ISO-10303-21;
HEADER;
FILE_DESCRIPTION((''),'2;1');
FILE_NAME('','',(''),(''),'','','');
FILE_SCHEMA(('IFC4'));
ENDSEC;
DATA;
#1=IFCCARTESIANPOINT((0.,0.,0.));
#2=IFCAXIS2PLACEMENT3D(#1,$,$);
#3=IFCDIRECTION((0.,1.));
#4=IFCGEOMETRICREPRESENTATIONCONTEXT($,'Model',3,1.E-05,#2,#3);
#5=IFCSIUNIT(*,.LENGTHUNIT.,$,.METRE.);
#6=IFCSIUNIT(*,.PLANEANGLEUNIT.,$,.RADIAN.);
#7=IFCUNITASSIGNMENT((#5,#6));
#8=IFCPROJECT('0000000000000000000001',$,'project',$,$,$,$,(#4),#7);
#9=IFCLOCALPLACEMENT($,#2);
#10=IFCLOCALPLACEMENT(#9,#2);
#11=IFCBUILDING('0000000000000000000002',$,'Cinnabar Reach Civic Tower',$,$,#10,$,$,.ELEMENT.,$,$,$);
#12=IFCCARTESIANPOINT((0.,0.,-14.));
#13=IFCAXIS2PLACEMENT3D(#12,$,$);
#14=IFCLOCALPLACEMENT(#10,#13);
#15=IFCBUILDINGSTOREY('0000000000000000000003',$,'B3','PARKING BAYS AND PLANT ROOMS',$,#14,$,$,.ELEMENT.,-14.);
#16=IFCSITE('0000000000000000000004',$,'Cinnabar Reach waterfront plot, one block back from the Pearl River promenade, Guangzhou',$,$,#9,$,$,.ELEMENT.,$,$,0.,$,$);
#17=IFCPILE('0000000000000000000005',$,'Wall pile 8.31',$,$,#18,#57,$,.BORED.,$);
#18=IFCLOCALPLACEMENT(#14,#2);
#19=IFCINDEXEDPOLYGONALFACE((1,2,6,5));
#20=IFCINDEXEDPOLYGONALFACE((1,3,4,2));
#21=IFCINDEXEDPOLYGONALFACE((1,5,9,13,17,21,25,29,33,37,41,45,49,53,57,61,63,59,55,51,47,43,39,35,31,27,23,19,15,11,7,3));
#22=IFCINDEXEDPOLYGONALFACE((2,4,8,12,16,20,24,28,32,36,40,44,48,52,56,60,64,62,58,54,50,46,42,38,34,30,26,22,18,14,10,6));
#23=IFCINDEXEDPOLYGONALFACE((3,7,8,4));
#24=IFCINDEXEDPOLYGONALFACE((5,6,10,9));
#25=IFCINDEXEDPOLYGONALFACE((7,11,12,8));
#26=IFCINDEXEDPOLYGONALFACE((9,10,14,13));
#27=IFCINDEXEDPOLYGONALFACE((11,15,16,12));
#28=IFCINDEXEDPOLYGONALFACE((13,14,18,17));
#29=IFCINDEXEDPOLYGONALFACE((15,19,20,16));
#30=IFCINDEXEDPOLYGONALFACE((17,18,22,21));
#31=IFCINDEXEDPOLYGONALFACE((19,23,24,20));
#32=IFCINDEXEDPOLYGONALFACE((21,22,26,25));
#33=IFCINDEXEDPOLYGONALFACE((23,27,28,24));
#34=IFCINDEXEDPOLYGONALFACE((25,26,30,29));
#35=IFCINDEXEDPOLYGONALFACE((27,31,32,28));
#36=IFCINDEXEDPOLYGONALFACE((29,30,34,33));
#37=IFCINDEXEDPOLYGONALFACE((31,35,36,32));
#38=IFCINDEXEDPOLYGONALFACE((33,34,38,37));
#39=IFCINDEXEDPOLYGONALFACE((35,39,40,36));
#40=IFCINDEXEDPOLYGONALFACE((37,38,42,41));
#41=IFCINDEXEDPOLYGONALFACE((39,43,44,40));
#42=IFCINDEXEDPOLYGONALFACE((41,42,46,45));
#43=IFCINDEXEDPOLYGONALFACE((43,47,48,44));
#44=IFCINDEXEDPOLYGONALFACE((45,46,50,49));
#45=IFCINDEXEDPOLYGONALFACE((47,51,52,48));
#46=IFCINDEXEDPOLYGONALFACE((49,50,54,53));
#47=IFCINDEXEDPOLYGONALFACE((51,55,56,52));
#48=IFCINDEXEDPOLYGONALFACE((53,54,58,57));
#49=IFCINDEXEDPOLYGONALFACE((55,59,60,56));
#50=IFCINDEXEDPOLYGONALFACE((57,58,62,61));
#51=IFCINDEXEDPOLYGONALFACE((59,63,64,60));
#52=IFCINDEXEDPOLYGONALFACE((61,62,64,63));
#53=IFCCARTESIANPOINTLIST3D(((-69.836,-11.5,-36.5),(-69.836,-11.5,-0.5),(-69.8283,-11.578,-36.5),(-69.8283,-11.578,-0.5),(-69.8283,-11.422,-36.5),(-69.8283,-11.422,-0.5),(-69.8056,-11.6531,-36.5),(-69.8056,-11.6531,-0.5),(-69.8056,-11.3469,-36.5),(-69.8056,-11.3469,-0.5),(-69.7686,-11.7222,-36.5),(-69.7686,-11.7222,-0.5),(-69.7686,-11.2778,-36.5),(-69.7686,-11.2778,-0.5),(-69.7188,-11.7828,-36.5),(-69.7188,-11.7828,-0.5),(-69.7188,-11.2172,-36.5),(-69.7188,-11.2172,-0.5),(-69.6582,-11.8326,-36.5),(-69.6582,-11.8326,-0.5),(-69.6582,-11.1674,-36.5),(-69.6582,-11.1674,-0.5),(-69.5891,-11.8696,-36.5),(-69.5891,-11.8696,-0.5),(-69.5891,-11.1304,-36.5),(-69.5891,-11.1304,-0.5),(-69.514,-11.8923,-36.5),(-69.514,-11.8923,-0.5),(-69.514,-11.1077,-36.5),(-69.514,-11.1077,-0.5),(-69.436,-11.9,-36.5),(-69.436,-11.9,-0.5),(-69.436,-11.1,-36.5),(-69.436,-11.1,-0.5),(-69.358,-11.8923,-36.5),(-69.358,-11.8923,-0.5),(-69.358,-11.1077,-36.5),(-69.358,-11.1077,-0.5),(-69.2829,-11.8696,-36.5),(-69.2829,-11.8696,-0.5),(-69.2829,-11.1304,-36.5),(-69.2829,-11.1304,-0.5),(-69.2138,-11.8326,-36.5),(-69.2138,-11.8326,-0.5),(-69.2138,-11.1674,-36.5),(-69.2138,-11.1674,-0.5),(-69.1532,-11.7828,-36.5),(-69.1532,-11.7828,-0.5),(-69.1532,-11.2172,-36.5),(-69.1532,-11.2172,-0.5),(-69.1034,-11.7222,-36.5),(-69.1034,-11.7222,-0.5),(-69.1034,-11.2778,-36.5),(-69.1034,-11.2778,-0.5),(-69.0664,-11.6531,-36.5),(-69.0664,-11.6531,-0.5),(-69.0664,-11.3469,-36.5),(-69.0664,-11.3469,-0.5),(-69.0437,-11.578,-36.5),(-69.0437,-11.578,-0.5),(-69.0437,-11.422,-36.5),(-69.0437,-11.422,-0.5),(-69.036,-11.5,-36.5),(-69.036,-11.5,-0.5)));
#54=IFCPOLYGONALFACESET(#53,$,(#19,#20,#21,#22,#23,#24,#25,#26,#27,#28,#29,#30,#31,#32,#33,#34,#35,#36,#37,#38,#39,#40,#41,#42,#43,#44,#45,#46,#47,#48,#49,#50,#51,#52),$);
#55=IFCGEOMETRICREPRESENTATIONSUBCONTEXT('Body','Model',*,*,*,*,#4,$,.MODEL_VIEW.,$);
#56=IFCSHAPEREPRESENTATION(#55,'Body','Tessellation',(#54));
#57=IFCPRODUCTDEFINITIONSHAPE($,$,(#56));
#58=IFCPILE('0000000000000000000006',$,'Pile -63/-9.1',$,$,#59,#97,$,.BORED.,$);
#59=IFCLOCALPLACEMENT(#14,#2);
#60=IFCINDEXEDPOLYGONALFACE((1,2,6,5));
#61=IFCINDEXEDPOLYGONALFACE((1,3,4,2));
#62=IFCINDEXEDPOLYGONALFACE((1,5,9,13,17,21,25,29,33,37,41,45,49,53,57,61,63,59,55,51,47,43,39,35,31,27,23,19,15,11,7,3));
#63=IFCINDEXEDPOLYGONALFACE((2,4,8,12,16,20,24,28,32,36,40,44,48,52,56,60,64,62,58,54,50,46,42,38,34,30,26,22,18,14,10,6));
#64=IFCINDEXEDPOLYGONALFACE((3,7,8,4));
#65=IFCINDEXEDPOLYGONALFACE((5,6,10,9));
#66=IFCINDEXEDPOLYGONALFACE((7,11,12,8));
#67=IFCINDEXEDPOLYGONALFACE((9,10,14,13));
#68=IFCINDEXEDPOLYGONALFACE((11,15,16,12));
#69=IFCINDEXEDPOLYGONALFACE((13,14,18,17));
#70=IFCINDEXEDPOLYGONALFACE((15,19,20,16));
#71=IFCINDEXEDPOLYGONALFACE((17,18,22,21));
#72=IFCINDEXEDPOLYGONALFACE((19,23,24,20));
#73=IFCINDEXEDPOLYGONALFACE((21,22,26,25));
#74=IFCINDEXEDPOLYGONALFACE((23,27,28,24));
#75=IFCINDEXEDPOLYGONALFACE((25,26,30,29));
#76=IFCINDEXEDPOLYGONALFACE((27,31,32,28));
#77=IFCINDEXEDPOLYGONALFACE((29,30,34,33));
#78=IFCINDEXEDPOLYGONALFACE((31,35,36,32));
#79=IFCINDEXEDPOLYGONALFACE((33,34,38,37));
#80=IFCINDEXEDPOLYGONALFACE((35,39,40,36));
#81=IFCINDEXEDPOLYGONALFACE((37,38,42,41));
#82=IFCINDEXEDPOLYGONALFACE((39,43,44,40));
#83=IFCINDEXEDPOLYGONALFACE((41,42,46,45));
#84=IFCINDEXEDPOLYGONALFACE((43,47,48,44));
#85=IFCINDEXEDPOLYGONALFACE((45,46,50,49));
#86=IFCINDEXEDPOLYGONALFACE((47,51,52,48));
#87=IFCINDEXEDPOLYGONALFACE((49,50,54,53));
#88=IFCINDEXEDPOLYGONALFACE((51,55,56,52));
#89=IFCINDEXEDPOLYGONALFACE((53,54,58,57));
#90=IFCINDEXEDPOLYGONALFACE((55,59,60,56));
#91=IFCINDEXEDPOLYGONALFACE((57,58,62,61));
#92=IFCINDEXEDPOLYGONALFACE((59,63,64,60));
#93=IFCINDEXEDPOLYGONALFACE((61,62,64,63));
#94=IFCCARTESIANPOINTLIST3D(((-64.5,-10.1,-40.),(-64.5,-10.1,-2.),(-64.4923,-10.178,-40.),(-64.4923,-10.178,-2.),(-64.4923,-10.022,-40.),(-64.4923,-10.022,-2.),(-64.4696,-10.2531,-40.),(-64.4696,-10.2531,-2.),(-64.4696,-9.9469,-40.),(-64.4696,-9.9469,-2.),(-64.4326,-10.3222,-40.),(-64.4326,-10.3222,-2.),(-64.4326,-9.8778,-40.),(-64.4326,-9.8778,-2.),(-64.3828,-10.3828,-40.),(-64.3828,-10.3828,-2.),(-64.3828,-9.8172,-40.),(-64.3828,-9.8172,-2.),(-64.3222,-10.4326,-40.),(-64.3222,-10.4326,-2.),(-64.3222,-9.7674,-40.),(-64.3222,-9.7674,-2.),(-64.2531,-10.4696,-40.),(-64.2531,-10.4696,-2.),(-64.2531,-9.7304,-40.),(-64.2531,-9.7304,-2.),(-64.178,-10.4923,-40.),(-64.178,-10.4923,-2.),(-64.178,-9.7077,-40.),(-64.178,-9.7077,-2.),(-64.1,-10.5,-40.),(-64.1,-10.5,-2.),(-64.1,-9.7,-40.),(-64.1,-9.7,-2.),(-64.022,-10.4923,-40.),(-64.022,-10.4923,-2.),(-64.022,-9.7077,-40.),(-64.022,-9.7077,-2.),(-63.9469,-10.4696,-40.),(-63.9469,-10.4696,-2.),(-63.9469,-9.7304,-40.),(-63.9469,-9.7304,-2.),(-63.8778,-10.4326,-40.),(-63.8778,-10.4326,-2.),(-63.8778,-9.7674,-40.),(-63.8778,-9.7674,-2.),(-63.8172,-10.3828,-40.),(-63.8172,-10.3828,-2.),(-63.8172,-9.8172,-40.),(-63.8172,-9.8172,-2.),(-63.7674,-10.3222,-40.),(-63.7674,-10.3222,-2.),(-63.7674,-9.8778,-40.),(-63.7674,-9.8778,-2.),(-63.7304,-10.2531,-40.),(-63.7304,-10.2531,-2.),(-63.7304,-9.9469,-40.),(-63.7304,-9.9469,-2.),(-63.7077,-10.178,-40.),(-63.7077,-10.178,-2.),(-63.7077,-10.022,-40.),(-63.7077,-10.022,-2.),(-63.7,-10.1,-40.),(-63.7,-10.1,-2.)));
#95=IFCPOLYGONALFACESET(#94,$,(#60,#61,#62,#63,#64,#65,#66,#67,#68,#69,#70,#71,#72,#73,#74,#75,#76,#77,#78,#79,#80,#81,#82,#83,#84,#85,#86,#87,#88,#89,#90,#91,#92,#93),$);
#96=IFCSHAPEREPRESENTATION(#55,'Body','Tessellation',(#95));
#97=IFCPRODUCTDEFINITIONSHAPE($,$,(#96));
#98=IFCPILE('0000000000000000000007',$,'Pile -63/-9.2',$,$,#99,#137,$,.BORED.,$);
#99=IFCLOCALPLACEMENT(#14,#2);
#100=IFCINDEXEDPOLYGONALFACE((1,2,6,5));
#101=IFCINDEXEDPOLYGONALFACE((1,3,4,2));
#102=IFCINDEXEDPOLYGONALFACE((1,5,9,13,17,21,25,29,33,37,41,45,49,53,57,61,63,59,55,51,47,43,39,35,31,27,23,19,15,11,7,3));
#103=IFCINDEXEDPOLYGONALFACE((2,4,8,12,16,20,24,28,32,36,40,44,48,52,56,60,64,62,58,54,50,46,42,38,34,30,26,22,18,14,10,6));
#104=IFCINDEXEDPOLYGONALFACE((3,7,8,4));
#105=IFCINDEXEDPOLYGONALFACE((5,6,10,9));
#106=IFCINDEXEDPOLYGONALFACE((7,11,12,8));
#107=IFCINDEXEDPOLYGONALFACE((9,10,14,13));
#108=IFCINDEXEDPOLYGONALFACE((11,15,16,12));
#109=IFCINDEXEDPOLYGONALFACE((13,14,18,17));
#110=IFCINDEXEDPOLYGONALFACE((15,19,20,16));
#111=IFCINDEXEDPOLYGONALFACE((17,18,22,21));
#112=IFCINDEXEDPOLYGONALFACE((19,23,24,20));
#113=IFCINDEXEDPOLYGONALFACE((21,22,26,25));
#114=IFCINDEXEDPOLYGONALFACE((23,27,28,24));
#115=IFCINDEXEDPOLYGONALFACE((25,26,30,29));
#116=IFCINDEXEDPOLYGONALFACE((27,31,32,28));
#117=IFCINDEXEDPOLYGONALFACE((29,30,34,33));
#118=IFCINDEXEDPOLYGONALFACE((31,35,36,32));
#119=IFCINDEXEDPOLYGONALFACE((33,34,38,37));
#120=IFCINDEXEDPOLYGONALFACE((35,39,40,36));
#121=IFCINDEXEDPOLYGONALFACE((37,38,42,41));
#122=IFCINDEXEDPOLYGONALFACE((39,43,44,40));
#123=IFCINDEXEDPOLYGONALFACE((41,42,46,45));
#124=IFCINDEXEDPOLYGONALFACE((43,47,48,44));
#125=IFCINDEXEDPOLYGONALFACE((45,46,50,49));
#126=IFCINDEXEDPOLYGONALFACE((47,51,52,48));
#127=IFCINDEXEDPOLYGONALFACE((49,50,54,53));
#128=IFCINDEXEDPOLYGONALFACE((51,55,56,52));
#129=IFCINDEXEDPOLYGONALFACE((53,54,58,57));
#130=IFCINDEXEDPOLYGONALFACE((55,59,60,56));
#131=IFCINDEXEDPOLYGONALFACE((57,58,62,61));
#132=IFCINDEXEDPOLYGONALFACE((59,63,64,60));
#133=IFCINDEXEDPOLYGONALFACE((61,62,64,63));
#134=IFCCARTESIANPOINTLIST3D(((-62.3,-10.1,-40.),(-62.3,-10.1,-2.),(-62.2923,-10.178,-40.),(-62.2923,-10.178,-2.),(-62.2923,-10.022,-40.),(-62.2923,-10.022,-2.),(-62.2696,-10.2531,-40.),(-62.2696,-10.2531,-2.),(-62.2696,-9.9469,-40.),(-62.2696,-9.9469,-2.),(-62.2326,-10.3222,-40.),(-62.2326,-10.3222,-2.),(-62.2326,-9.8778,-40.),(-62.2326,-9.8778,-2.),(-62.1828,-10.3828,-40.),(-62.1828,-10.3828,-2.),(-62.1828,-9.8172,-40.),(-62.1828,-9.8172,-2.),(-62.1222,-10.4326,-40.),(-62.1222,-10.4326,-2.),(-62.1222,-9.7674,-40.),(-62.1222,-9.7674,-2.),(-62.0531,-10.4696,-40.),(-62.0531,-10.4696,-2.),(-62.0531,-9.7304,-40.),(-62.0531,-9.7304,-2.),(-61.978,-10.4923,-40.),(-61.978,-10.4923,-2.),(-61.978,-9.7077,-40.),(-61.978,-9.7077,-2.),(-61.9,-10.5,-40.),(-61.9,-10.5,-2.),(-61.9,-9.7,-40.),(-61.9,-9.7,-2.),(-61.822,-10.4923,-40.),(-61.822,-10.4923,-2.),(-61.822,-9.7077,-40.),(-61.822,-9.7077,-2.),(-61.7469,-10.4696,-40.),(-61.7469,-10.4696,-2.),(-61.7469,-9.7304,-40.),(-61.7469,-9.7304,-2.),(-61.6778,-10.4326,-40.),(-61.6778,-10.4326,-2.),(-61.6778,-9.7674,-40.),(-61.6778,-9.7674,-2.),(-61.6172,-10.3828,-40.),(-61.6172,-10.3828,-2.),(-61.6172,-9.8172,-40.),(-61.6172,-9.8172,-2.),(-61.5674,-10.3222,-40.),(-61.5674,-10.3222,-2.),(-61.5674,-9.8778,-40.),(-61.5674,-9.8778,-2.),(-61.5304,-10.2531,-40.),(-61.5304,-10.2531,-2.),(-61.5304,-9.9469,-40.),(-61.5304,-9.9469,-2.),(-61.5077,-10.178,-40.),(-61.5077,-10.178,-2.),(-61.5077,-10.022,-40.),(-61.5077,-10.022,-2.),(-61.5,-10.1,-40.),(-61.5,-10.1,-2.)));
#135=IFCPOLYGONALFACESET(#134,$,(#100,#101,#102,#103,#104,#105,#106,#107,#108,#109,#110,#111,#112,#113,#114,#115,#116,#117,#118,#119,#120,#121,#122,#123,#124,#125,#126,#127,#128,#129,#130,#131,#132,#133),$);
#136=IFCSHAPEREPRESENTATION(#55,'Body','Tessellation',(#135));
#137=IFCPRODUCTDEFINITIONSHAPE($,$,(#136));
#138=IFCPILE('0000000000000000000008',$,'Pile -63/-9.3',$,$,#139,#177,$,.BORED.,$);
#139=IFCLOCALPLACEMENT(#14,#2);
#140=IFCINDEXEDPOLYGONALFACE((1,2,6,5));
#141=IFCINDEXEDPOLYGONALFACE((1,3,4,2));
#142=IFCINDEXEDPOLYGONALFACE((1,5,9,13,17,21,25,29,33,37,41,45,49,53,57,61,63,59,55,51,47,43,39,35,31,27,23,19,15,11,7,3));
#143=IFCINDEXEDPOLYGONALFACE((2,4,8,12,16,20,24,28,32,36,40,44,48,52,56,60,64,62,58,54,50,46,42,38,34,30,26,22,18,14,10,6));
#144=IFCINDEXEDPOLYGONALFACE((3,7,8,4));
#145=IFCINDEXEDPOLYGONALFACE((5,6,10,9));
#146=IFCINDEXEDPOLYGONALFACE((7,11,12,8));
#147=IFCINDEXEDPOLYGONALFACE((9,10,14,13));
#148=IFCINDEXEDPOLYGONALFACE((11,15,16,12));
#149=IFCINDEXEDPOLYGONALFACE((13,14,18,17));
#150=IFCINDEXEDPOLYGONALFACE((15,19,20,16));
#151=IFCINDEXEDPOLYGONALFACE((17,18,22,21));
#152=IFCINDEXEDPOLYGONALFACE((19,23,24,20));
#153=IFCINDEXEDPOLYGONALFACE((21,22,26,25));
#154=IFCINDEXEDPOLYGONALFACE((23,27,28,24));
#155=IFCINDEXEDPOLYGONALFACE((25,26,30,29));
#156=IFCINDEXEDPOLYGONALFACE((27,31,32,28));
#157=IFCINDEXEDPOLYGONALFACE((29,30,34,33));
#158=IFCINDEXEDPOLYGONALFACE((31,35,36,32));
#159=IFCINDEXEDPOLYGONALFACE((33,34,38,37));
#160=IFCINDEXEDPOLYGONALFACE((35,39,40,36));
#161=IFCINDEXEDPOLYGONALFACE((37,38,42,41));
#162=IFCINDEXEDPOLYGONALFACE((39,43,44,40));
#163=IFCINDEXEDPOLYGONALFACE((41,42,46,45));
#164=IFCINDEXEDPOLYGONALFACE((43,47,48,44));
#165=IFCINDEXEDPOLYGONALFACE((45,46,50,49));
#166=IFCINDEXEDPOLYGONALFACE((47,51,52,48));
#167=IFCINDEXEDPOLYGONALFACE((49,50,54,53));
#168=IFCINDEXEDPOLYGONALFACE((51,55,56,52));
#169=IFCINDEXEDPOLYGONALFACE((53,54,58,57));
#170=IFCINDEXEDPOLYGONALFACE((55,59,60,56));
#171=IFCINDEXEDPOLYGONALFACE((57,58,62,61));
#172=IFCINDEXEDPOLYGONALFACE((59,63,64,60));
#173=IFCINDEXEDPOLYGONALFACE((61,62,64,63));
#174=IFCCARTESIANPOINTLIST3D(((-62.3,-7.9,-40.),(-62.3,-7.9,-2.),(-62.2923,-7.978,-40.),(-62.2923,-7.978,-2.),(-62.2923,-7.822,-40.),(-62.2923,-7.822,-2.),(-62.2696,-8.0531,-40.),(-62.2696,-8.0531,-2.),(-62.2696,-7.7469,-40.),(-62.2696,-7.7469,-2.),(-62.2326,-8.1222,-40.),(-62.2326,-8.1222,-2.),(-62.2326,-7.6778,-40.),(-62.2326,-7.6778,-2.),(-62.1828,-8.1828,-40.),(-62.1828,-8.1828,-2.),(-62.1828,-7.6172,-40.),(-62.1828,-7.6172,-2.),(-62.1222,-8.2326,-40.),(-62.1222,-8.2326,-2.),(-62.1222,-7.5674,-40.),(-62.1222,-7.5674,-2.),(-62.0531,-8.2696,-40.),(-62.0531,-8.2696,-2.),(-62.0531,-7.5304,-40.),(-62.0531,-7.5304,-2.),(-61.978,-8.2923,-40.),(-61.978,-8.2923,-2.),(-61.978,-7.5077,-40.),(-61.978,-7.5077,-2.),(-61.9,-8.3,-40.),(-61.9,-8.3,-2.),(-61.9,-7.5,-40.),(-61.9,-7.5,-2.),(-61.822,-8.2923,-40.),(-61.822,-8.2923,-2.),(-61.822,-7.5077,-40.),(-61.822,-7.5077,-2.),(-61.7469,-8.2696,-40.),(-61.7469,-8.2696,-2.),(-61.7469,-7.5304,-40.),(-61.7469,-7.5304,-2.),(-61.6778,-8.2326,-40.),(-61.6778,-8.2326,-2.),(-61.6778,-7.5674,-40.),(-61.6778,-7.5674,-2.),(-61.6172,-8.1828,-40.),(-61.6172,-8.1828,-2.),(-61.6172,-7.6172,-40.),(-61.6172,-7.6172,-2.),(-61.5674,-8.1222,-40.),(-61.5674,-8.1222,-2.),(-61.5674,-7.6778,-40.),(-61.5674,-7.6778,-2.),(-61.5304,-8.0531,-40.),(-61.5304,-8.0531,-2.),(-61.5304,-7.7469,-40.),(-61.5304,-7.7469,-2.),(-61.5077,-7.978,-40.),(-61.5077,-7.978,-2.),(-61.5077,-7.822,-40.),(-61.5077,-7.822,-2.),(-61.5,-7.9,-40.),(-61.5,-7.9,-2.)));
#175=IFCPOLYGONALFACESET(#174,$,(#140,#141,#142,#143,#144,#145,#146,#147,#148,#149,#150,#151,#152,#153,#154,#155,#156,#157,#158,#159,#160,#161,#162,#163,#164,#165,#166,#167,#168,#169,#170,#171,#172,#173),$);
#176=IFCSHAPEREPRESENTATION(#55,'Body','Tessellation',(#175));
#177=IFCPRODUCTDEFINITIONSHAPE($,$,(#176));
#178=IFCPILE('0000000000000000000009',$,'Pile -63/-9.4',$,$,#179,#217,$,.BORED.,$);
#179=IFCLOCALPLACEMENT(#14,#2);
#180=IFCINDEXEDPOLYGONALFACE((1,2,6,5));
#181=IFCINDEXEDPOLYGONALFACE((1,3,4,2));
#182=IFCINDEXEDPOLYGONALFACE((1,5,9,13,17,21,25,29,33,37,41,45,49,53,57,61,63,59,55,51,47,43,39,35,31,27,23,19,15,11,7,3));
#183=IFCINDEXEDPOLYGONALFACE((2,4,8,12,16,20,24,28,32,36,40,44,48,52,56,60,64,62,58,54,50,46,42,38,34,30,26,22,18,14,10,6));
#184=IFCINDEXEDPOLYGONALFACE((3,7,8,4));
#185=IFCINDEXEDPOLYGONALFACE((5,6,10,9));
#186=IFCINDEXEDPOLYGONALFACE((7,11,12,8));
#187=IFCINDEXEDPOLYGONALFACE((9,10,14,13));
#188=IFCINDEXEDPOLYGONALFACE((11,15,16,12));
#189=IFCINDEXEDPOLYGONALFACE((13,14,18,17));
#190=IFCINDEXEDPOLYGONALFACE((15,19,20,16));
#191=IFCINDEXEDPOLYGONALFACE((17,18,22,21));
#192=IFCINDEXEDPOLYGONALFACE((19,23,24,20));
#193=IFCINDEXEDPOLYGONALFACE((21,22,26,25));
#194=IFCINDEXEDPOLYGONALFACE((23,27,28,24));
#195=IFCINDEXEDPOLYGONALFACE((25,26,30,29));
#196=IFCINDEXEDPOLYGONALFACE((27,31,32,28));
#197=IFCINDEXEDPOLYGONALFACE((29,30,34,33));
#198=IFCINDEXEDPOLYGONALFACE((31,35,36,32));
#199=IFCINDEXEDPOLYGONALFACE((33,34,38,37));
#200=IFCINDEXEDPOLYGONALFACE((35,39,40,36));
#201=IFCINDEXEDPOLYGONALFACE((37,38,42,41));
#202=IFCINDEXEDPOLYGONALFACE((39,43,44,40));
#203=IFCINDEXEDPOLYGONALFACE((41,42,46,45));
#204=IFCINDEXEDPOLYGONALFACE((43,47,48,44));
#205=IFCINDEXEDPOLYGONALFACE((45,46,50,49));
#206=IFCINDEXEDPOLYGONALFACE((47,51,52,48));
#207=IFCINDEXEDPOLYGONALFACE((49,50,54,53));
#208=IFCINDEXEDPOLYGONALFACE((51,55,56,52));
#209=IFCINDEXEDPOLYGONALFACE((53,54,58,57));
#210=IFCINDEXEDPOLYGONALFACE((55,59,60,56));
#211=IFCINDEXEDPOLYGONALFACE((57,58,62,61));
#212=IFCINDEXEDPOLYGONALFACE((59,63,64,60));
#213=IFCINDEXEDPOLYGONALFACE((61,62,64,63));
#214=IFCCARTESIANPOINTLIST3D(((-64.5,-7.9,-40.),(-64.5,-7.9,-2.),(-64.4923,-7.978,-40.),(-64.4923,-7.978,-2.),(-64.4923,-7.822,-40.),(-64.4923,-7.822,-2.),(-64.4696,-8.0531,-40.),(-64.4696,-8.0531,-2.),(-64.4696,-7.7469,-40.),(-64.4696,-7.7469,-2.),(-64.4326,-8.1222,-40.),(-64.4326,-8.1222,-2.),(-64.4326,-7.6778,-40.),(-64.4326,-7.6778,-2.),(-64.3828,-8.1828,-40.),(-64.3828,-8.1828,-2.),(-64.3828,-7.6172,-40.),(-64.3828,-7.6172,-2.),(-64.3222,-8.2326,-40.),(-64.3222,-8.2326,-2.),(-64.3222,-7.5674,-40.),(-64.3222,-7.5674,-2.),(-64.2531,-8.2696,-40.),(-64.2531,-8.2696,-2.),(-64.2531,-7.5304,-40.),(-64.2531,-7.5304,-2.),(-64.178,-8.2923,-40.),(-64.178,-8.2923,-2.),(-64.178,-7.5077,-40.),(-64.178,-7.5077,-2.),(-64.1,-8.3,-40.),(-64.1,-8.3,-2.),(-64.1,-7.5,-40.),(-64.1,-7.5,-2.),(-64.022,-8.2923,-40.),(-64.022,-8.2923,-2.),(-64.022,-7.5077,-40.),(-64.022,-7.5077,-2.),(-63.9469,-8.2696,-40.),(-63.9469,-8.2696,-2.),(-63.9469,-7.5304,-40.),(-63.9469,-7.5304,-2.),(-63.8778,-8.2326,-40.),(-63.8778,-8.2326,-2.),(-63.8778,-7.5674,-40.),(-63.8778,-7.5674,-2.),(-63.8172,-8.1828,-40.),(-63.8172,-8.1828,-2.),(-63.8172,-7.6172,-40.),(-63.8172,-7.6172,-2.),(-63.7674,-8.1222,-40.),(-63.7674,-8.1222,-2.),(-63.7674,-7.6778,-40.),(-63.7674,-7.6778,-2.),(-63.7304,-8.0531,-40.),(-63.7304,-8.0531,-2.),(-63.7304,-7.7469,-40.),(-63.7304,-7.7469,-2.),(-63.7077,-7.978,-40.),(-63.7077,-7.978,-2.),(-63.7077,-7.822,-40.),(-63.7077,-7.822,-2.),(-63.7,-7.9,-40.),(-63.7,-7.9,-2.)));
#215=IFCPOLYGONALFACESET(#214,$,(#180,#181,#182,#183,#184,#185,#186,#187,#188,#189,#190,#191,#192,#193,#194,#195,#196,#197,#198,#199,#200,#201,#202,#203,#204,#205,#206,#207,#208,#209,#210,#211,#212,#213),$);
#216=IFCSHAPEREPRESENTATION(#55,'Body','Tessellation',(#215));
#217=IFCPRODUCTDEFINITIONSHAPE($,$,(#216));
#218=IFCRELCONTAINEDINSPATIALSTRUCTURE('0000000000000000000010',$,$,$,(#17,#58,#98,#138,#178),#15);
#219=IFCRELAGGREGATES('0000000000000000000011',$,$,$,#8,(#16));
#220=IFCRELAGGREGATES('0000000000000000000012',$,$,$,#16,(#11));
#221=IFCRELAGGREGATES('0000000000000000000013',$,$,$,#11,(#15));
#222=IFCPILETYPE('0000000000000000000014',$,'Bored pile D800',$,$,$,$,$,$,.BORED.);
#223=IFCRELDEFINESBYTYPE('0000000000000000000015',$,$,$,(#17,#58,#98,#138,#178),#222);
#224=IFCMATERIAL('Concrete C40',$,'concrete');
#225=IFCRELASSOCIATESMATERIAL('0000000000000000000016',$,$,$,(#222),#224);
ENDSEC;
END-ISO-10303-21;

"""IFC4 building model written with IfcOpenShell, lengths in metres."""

from ifc_helpers import new_model, si_unit, direction, frame, origin, origin_2d, place, context, subcontext, project, spatial, circle, extrude, material, type_object, element, save


model = new_model("IFC4")

# Units and contexts
model_context = context("Model", 3, precision=1e-05, world=origin(), true_north=direction((0.0, 1.0)))
body_context = subcontext(model_context, "Body", "Model", "MODEL_VIEW")
ifc_project = project(units=[si_unit("LENGTHUNIT", "METRE"), si_unit("PLANEANGLEUNIT", "RADIAN")], contexts=[model_context])

# Site, building, storey
site_placement = place(None, origin())
site = spatial("IfcSite", under=ifc_project, at=site_placement, Name="Cinnabar Reach waterfront plot, one block back from the Pearl River promenade, Guangzhou", CompositionType="ELEMENT", RefElevation=0.0)
building_placement = place(site_placement, origin())
building = spatial("IfcBuilding", under=site, at=building_placement, Name="Cinnabar Reach Civic Tower", CompositionType="ELEMENT")
storey_placement = place(building_placement, frame((0.0, 0.0, -14.0)))
storey = spatial("IfcBuildingStorey", under=building, at=storey_placement, Name="B3", Description="PARKING BAYS AND PLANT ROOMS", CompositionType="ELEMENT", Elevation=-14.0)

# Piles
ifc_material_1 = material(Name="Concrete C40", Category="concrete")
pile_type = type_object("IfcPileType", Name="Bored pile D800", PredefinedType="BORED", material=ifc_material_1)
for number, where, z_axis, x_axis, name in (
    (1, (-69.436, -11.5, -0.5), (0.0, 0.0, -1.0), (1.0, 0.0, 0.0), "Wall pile 8.31"),
):
    element("IfcPile", number, at=place(storey_placement, frame(where, z_axis=z_axis, x_axis=x_axis)), inside=storey, type_object=pile_type, Name=name, PredefinedType="BORED", context=body_context, shape_type="SweptSolid", body=[
        extrude(circle(Radius=0.4, at=origin_2d()), origin(), (0.0, 0.0, 1.0), 36.0),
    ])
for number, where, z_axis, x_axis, name in (
    (2, (-64.1, -10.1, -2.0), (0.0, 0.0, -1.0), (1.0, 0.0, 0.0), "Pile -63/-9.1"),
    (3, (-61.9, -10.1, -2.0), (0.0, 0.0, -1.0), (1.0, 0.0, 0.0), "Pile -63/-9.2"),
    (4, (-61.9, -7.9, -2.0), (0.0, 0.0, -1.0), (1.0, 0.0, 0.0), "Pile -63/-9.3"),
    (5, (-64.1, -7.9, -2.0), (0.0, 0.0, -1.0), (1.0, 0.0, 0.0), "Pile -63/-9.4"),
):
    element("IfcPile", number, at=place(storey_placement, frame(where, z_axis=z_axis, x_axis=x_axis)), inside=storey, type_object=pile_type, Name=name, PredefinedType="BORED", context=body_context, shape_type="SweptSolid", body=[
        extrude(circle(Radius=0.4, at=origin_2d()), origin(), (0.0, 0.0, 1.0), 38.0),
    ])

save(model, "model.ifc")
